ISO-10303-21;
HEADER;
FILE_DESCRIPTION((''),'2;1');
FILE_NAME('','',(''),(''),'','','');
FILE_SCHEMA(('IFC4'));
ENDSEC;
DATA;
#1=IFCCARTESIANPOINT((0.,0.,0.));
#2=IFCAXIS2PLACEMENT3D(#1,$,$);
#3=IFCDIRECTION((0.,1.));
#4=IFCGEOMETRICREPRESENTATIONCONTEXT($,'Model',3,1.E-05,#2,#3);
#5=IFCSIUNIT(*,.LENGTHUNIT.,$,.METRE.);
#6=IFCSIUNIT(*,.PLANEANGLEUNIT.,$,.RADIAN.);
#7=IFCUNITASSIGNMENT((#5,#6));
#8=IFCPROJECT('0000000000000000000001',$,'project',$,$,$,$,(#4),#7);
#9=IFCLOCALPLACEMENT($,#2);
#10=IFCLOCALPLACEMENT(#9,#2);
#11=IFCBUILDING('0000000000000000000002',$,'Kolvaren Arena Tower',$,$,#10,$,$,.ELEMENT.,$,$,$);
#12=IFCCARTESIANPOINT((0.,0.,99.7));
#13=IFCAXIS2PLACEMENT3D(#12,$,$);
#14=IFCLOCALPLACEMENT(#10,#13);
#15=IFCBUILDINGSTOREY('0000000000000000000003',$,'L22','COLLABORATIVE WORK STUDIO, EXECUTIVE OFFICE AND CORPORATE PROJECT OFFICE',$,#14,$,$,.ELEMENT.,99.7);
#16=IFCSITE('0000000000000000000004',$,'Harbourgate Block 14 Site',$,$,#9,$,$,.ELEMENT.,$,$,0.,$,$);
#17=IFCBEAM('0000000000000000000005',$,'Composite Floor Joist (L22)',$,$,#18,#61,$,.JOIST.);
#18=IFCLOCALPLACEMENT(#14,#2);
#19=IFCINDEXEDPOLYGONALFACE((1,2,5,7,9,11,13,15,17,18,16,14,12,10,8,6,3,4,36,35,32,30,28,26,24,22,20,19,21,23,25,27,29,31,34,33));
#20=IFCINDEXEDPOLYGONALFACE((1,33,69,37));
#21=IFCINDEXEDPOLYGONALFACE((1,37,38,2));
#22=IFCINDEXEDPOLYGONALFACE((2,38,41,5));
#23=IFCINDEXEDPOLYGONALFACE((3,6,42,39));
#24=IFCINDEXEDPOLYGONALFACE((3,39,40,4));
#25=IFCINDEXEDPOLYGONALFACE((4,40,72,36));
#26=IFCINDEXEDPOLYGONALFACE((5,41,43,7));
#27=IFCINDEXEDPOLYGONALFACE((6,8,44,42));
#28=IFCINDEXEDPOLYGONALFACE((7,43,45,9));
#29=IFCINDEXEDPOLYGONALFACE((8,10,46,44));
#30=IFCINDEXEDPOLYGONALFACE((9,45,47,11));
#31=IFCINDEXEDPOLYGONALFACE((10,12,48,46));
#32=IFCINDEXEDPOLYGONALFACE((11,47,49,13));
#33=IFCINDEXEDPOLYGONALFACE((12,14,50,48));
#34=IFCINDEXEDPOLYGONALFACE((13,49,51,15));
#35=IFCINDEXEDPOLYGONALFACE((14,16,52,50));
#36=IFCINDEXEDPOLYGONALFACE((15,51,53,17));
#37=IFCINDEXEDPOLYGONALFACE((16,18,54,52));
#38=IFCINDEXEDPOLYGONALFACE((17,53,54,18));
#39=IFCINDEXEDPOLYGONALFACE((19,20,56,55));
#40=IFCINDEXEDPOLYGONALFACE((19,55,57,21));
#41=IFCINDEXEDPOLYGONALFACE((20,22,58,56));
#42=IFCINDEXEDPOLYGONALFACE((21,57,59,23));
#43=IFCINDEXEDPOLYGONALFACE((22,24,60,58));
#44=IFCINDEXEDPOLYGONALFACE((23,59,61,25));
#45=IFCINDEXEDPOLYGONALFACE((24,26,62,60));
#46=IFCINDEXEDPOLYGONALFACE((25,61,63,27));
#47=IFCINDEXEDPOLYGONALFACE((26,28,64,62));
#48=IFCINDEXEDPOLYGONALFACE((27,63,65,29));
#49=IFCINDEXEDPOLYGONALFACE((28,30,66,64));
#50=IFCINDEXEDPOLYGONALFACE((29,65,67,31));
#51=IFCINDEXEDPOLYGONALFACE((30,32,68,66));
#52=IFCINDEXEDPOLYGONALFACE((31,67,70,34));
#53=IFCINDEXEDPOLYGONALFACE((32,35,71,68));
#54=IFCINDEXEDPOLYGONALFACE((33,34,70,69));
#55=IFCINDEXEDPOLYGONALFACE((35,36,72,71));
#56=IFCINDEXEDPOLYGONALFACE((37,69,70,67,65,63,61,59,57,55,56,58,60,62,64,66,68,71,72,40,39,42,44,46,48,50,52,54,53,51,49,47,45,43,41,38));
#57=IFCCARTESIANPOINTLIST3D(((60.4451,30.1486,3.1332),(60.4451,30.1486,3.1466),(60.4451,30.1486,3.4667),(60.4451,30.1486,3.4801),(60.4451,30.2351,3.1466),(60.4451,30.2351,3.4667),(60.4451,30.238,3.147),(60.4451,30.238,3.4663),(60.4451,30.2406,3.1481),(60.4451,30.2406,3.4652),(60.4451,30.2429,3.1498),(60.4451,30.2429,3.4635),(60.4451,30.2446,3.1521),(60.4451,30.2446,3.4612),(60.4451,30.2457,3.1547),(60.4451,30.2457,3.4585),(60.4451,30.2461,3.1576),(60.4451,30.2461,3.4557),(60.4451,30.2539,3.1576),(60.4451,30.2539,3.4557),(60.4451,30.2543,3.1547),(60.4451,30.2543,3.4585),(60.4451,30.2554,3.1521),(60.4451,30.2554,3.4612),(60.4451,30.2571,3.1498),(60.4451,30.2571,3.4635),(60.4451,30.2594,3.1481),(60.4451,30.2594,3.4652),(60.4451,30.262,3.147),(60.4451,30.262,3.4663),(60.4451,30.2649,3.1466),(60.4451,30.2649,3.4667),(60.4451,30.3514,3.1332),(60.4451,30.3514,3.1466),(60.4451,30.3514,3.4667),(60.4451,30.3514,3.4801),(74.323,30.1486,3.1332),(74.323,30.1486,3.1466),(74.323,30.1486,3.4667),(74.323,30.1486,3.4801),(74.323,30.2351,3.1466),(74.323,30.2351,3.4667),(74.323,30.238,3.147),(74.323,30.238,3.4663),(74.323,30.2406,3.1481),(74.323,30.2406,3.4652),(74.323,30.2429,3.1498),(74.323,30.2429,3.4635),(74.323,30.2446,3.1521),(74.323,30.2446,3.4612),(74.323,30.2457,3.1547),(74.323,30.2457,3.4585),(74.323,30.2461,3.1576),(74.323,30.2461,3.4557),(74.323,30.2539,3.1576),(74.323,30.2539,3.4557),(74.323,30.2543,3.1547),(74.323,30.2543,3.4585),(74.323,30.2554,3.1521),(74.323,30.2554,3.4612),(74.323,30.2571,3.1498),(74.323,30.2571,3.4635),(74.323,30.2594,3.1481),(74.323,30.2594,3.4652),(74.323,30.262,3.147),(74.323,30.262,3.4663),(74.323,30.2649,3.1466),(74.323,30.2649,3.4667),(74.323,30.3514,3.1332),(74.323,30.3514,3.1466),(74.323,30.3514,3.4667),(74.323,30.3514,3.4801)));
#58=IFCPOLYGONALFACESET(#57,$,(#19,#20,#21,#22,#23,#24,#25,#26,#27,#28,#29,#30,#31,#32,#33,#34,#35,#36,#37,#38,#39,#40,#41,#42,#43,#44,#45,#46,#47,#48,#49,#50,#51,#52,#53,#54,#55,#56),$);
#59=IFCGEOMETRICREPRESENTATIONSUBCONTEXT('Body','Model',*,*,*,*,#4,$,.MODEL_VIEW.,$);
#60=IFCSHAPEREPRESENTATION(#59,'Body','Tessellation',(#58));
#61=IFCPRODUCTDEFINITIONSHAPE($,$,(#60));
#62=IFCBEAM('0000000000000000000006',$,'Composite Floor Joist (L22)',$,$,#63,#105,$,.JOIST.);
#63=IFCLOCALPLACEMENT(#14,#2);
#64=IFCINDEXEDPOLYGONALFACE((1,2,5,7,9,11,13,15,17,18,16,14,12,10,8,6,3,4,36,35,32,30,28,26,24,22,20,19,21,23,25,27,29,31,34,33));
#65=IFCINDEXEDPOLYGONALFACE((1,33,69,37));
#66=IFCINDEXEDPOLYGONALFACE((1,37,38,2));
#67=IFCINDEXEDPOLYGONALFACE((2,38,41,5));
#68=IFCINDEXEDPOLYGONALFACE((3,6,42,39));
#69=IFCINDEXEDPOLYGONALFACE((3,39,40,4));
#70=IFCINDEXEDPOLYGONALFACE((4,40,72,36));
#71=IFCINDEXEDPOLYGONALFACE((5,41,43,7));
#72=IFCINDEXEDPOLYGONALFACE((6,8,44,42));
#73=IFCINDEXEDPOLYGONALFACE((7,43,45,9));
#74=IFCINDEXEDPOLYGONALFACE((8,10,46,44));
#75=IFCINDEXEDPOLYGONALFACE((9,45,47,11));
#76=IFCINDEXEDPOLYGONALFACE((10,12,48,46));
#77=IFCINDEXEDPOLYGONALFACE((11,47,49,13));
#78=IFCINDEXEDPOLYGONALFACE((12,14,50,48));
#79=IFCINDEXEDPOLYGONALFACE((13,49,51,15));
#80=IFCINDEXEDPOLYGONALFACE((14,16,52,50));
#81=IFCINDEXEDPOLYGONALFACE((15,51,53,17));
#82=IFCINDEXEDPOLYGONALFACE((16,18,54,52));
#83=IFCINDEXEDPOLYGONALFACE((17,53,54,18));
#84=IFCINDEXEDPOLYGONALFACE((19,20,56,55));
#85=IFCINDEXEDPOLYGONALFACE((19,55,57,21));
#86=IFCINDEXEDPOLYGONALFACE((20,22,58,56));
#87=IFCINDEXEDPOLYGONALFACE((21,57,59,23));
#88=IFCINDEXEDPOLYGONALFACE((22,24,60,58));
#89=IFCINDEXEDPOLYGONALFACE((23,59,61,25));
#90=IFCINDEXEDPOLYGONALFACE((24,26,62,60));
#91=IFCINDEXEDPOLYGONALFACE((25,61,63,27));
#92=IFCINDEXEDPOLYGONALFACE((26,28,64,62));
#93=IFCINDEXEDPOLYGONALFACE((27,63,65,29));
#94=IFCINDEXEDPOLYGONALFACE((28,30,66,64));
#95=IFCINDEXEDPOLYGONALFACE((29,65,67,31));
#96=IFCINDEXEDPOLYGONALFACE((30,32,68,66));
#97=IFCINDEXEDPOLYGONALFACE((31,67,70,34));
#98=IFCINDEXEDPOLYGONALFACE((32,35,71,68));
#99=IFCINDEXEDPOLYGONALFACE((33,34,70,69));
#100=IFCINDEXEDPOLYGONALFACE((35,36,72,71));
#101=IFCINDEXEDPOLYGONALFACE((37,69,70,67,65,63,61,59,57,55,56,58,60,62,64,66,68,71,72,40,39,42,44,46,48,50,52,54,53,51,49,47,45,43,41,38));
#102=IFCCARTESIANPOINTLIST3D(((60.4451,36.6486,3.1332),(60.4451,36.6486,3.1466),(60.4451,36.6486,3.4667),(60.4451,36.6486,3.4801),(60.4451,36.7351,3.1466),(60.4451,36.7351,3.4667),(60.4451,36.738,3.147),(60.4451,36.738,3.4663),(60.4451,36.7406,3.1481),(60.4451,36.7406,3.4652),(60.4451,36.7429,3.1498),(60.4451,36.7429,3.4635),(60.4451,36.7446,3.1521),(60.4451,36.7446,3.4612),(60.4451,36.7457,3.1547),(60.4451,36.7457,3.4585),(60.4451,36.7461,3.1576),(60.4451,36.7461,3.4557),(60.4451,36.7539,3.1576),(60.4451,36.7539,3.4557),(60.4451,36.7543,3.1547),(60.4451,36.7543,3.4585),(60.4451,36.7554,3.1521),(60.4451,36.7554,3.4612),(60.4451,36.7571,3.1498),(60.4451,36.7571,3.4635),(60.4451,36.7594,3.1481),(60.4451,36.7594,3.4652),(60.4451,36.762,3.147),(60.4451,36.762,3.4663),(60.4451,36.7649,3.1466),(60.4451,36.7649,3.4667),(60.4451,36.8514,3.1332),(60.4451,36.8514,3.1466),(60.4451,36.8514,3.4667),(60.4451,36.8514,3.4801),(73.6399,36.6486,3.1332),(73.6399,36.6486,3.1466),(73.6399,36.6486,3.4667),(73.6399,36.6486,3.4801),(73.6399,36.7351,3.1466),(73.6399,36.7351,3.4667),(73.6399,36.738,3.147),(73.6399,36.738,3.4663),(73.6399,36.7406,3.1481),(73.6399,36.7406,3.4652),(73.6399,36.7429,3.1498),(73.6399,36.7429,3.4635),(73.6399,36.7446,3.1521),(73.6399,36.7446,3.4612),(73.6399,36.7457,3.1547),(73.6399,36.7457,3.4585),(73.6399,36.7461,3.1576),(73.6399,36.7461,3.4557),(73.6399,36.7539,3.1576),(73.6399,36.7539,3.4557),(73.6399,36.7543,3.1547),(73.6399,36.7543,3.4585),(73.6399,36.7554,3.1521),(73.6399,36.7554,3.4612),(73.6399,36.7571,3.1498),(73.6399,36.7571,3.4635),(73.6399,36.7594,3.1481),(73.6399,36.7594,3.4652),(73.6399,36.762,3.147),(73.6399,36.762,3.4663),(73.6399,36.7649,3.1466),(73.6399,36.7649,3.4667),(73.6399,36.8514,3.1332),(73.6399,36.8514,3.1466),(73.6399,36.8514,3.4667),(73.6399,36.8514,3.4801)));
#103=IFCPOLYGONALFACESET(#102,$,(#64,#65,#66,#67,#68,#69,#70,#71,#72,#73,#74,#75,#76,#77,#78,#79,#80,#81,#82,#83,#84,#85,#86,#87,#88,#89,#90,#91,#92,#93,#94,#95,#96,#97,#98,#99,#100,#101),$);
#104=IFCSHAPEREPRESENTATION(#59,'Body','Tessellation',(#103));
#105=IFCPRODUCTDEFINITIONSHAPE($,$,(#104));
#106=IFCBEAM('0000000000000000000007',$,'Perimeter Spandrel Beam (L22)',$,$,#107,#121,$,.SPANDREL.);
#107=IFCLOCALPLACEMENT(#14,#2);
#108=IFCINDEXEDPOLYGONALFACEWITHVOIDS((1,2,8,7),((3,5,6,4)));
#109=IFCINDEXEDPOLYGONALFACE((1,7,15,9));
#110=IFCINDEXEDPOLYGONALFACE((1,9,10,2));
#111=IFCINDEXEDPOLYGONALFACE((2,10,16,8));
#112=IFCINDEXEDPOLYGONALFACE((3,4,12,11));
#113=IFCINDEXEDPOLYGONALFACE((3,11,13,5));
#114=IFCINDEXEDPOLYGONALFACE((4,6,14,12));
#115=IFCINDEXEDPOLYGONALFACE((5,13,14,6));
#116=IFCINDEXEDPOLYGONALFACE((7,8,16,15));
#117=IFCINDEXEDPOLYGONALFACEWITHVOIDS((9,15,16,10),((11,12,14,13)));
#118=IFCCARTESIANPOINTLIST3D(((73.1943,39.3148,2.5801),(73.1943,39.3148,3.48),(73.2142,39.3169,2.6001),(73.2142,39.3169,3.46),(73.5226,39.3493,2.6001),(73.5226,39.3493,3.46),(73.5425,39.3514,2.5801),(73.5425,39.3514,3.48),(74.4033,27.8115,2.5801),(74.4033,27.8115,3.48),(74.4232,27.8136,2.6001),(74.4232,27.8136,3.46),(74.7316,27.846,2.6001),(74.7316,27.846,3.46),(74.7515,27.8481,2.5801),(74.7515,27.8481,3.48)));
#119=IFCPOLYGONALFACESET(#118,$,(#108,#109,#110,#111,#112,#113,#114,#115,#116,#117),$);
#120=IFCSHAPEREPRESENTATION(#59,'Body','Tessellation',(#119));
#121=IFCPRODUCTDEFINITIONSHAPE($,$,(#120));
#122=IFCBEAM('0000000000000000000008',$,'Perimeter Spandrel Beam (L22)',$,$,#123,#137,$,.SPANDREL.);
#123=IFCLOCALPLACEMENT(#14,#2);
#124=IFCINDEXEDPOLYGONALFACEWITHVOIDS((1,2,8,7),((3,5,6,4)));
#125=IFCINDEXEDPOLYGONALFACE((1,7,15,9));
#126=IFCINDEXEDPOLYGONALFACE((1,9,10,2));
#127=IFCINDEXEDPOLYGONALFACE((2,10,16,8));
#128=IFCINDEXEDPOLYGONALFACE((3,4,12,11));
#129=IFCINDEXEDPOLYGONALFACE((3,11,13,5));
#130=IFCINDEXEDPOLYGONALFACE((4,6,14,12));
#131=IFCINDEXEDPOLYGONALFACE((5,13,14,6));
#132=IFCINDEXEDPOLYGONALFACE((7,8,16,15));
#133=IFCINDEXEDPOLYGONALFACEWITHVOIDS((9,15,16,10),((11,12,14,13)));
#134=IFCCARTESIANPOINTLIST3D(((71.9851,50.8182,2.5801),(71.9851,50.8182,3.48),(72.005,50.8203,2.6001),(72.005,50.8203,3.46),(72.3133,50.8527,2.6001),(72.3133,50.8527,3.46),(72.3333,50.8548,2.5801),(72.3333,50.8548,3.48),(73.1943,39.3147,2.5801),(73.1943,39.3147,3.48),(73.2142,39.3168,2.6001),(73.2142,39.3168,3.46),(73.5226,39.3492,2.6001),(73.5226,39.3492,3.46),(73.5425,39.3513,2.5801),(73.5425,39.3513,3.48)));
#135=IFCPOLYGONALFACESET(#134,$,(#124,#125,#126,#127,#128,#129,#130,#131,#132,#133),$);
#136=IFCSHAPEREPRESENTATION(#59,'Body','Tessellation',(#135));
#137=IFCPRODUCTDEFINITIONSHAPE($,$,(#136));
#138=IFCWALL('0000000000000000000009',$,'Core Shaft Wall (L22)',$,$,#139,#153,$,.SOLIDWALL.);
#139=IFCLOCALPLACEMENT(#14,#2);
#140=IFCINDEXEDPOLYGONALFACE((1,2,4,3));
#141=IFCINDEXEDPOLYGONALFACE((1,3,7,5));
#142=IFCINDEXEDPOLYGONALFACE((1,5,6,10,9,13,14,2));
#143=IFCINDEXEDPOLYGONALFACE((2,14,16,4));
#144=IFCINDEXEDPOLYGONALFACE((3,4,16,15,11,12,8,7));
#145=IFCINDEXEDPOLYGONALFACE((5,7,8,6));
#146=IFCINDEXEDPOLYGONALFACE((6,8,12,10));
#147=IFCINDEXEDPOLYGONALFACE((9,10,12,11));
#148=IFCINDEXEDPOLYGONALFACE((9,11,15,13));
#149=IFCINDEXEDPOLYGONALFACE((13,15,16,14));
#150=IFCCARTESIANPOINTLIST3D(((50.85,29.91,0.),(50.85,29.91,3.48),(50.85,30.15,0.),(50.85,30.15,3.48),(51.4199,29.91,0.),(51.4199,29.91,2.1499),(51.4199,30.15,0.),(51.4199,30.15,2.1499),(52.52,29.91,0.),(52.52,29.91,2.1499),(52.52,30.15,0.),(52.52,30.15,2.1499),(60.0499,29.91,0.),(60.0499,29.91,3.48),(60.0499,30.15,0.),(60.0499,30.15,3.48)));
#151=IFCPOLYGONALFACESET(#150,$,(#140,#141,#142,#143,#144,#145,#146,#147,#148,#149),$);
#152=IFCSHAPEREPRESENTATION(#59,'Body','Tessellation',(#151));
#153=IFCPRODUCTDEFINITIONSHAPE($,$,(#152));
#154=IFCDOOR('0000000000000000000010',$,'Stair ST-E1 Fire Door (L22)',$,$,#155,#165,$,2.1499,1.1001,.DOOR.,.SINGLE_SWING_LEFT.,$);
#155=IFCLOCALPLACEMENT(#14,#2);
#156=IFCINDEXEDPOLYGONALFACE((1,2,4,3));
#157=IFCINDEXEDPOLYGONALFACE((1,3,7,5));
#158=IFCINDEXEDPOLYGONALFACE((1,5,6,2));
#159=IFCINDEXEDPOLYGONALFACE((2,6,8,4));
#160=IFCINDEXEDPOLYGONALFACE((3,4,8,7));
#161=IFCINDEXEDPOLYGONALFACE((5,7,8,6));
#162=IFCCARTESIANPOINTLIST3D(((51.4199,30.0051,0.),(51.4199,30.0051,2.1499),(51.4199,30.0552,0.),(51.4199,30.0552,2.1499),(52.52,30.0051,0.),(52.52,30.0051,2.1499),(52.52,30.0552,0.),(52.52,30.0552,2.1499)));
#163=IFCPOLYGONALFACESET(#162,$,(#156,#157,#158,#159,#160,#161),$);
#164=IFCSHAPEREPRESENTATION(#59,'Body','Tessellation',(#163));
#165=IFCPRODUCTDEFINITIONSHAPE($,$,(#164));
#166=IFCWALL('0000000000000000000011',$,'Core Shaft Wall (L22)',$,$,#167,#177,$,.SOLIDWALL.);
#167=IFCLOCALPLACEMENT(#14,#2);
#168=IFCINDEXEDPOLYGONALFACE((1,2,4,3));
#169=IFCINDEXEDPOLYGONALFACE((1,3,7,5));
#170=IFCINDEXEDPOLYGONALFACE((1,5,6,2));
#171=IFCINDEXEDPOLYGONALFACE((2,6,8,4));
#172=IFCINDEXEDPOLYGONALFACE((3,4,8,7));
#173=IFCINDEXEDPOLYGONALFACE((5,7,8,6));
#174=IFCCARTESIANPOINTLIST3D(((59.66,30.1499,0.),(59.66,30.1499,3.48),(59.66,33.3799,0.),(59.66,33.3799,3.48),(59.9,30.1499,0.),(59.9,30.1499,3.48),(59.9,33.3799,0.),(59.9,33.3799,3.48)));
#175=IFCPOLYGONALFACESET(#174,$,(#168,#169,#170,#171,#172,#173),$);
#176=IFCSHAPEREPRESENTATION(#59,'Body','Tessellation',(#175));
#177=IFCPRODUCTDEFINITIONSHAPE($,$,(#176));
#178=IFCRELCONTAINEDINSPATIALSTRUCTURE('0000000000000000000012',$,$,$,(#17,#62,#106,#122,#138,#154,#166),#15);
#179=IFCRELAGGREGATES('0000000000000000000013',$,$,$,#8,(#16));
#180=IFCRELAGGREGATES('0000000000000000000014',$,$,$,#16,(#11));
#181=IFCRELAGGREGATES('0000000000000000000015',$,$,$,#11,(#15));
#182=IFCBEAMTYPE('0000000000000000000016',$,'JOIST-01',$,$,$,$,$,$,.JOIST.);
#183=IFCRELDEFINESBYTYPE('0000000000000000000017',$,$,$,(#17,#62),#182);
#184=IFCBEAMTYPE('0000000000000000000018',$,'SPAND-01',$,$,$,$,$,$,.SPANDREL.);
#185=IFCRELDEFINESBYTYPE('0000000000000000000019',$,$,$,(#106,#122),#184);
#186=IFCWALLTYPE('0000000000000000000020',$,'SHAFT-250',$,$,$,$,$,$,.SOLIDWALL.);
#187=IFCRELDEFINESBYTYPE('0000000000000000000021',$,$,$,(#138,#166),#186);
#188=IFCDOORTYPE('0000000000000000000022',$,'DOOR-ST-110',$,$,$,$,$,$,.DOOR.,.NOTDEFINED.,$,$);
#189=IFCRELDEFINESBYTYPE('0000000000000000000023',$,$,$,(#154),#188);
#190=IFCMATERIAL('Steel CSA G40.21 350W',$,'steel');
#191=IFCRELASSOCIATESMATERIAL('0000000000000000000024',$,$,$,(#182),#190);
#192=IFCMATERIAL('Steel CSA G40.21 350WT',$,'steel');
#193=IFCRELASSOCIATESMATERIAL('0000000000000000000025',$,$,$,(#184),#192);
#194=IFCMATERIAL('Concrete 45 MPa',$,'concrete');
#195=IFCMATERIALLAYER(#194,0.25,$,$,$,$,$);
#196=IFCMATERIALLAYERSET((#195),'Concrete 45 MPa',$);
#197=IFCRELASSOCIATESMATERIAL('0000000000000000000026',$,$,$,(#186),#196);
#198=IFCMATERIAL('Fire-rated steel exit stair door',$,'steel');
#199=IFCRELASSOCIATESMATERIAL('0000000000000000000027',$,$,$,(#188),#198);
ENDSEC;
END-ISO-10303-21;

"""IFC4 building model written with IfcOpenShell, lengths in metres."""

from ifc_helpers import new_model, si_unit, direction, frame, frame_2d, origin, origin_2d, place, context, subcontext, project, spatial, rectangle, hollow_rectangle, i_section, extrude, material, layer, layer_set, material_profile, profile_set, type_object, element, fill, save


model = new_model("IFC4")

# Units and contexts
model_context = context("Model", 3, precision=1e-05, world=origin(), true_north=direction((0.0, 1.0)))
body_context = subcontext(model_context, "Body", "Model", "MODEL_VIEW")
ifc_project = project(units=[si_unit("LENGTHUNIT", "METRE"), si_unit("PLANEANGLEUNIT", "RADIAN")], contexts=[model_context])

# Site, building, storey
site_placement = place(None, origin())
site = spatial("IfcSite", under=ifc_project, at=site_placement, Name="Harbourgate Block 14 Site", CompositionType="ELEMENT", RefElevation=0.0)
building_placement = place(site_placement, origin())
building = spatial("IfcBuilding", under=site, at=building_placement, Name="Kolvaren Arena Tower", CompositionType="ELEMENT")
storey_placement = place(building_placement, frame((0.0, 0.0, 99.7)))
storey = spatial("IfcBuildingStorey", under=building, at=storey_placement, Name="L22", Description="COLLABORATIVE WORK STUDIO, EXECUTIVE OFFICE AND CORPORATE PROJECT OFFICE", CompositionType="ELEMENT", Elevation=99.7)

# Beams
ifc_material_1 = material(Name="Steel CSA G40.21 350W", Category="steel")
ifc_material_profile_1 = material_profile(ifc_material_1, i_section(OverallWidth=0.2029, OverallDepth=0.3469, WebThickness=0.0078, FlangeThickness=0.0134, FilletRadius=0.011, at=origin_2d()), Name="W360x64")
ifc_profile_set_1 = profile_set([ifc_material_profile_1], Name="Steel CSA G40.21 350W")
beam_type_1 = type_object("IfcBeamType", Name="JOIST-01", PredefinedType="JOIST", material=ifc_profile_set_1)
beam_1_placement = place(storey_placement, frame((60.4451, 30.25, 3.3066), z_axis=(1.0, 0.0, 0.0), x_axis=(0.0, 1.0, 0.0)))
element("IfcBeam", 1, at=beam_1_placement, inside=storey, type_object=beam_type_1, Name="Composite Floor Joist (L22)", PredefinedType="JOIST", context=body_context, shape_type="SweptSolid", body=[
    extrude(i_section(OverallWidth=0.2029, OverallDepth=0.3469, WebThickness=0.0078, FlangeThickness=0.0134, FilletRadius=0.011, at=origin_2d()), origin(), (0.0, 0.0, 1.0), 13.8779),
])
beam_2_placement = place(storey_placement, frame((60.4451, 36.75, 3.3066), z_axis=(1.0, 0.0, 0.0), x_axis=(0.0, 1.0, 0.0)))
element("IfcBeam", 2, at=beam_2_placement, inside=storey, type_object=beam_type_1, Name="Composite Floor Joist (L22)", PredefinedType="JOIST", context=body_context, shape_type="SweptSolid", body=[
    extrude(i_section(OverallWidth=0.2029, OverallDepth=0.3469, WebThickness=0.0078, FlangeThickness=0.0134, FilletRadius=0.011, at=origin_2d()), origin(), (0.0, 0.0, 1.0), 13.1948),
])
ifc_material_2 = material(Name="Steel CSA G40.21 350WT", Category="steel")
ifc_material_profile_2 = material_profile(ifc_material_2, hollow_rectangle(XDim=0.3501, YDim=0.8999, WallThickness=0.02, at=origin_2d()), Name="HSS 900x350x20")
ifc_profile_set_2 = profile_set([ifc_material_profile_2], Name="Steel CSA G40.21 350WT")
beam_type_2 = type_object("IfcBeamType", Name="SPAND-01", PredefinedType="SPANDREL", material=ifc_profile_set_2)
beam_3_placement = place(storey_placement, frame((74.5774, 27.8298, 3.03), z_axis=(-0.104524, 0.994522, 0.0), x_axis=(-0.994522, -0.104524, 0.0)))
element("IfcBeam", 3, at=beam_3_placement, inside=storey, type_object=beam_type_2, Name="Perimeter Spandrel Beam (L22)", PredefinedType="SPANDREL", context=body_context, shape_type="SweptSolid", body=[
    extrude(hollow_rectangle(XDim=0.3501, YDim=0.8999, WallThickness=0.02, at=origin_2d()), origin(), (0.0, 0.0, 1.0), 11.5667),
])
beam_4_placement = place(storey_placement, frame((73.3684, 39.333, 3.03), z_axis=(-0.104543, 0.99452, 0.0), x_axis=(-0.99452, -0.104543, 0.0)))
element("IfcBeam", 4, at=beam_4_placement, inside=storey, type_object=beam_type_2, Name="Perimeter Spandrel Beam (L22)", PredefinedType="SPANDREL", context=body_context, shape_type="SweptSolid", body=[
    extrude(hollow_rectangle(XDim=0.3501, YDim=0.8999, WallThickness=0.02, at=origin_2d()), origin(), (0.0, 0.0, 1.0), 11.5669),
])

# Wall, opening, door
ifc_material_3 = material(Name="Concrete 45 MPa", Category="concrete")
ifc_layer = layer(ifc_material_3, 0.25)
ifc_layer_set = layer_set([ifc_layer], Name="Concrete 45 MPa")
wall_type = type_object("IfcWallType", Name="SHAFT-250", PredefinedType="SOLIDWALL", material=ifc_layer_set)
wall_1_placement = place(storey_placement, frame((60.05, 30.03, 0.0), z_axis=(0.0, 0.0, 1.0), x_axis=(-1.0, 0.0, 0.0)))
wall_1 = element("IfcWall", 5, at=wall_1_placement, inside=storey, type_object=wall_type, Name="Core Shaft Wall (L22)", PredefinedType="SOLIDWALL", context=body_context, shape_type="SweptSolid", body=[
    extrude(rectangle(XDim=9.2, YDim=0.24, at=frame_2d((4.6001, 0.0))), origin(), (0.0, 0.0, 1.0), 3.48),
])
opening_1_placement = place(wall_1_placement, frame((7.53, 0.0, 0.0)))
opening_1 = element("IfcOpeningElement", 6, at=opening_1_placement, cuts=wall_1, PredefinedType="OPENING", context=body_context, shape_type="SweptSolid", body=[
    extrude(rectangle(XDim=1.1001, YDim=2.1499, at=frame_2d((0.55, 1.075))), frame((0.0, 0.1299, 0.0), z_axis=(0.0, -1.0, 0.0), x_axis=(1.0, 0.0, 0.0)), (0.0, 0.0, 1.0), 0.26),
])
ifc_material_4 = material(Name="Fire-rated steel exit stair door", Category="steel")
door_type = type_object("IfcDoorType", Name="DOOR-ST-110", OperationType="NOTDEFINED", PredefinedType="DOOR", material=ifc_material_4)
door_1_placement = place(opening_1_placement, origin())
door_1 = element("IfcDoor", 7, at=door_1_placement, inside=storey, type_object=door_type, Name="Stair ST-E1 Fire Door (L22)", OperationType="SINGLE_SWING_LEFT", OverallHeight=2.1499, OverallWidth=1.1001, PredefinedType="DOOR", context=body_context, shape_type="SweptSolid", body=[
    extrude(rectangle(XDim=1.1001, YDim=2.1499, at=frame_2d((0.55, 1.075))), frame((0.0, 0.0249, 0.0), z_axis=(0.0, -1.0, 0.0), x_axis=(1.0, 0.0, 0.0)), (0.0, 0.0, 1.0), 0.05),
])
fill(opening_1, door_1)

# Wall
wall_2_placement = place(storey_placement, frame((59.78, 30.1499, 0.0), z_axis=(0.0, 0.0, 1.0), x_axis=(0.0, 1.0, 0.0)))
element("IfcWall", 8, at=wall_2_placement, inside=storey, type_object=wall_type, Name="Core Shaft Wall (L22)", PredefinedType="SOLIDWALL", context=body_context, shape_type="SweptSolid", body=[
    extrude(rectangle(XDim=3.23, YDim=0.24, at=frame_2d((1.615, 0.0))), origin(), (0.0, 0.0, 1.0), 3.48),
])

save(model, "model.ifc")
